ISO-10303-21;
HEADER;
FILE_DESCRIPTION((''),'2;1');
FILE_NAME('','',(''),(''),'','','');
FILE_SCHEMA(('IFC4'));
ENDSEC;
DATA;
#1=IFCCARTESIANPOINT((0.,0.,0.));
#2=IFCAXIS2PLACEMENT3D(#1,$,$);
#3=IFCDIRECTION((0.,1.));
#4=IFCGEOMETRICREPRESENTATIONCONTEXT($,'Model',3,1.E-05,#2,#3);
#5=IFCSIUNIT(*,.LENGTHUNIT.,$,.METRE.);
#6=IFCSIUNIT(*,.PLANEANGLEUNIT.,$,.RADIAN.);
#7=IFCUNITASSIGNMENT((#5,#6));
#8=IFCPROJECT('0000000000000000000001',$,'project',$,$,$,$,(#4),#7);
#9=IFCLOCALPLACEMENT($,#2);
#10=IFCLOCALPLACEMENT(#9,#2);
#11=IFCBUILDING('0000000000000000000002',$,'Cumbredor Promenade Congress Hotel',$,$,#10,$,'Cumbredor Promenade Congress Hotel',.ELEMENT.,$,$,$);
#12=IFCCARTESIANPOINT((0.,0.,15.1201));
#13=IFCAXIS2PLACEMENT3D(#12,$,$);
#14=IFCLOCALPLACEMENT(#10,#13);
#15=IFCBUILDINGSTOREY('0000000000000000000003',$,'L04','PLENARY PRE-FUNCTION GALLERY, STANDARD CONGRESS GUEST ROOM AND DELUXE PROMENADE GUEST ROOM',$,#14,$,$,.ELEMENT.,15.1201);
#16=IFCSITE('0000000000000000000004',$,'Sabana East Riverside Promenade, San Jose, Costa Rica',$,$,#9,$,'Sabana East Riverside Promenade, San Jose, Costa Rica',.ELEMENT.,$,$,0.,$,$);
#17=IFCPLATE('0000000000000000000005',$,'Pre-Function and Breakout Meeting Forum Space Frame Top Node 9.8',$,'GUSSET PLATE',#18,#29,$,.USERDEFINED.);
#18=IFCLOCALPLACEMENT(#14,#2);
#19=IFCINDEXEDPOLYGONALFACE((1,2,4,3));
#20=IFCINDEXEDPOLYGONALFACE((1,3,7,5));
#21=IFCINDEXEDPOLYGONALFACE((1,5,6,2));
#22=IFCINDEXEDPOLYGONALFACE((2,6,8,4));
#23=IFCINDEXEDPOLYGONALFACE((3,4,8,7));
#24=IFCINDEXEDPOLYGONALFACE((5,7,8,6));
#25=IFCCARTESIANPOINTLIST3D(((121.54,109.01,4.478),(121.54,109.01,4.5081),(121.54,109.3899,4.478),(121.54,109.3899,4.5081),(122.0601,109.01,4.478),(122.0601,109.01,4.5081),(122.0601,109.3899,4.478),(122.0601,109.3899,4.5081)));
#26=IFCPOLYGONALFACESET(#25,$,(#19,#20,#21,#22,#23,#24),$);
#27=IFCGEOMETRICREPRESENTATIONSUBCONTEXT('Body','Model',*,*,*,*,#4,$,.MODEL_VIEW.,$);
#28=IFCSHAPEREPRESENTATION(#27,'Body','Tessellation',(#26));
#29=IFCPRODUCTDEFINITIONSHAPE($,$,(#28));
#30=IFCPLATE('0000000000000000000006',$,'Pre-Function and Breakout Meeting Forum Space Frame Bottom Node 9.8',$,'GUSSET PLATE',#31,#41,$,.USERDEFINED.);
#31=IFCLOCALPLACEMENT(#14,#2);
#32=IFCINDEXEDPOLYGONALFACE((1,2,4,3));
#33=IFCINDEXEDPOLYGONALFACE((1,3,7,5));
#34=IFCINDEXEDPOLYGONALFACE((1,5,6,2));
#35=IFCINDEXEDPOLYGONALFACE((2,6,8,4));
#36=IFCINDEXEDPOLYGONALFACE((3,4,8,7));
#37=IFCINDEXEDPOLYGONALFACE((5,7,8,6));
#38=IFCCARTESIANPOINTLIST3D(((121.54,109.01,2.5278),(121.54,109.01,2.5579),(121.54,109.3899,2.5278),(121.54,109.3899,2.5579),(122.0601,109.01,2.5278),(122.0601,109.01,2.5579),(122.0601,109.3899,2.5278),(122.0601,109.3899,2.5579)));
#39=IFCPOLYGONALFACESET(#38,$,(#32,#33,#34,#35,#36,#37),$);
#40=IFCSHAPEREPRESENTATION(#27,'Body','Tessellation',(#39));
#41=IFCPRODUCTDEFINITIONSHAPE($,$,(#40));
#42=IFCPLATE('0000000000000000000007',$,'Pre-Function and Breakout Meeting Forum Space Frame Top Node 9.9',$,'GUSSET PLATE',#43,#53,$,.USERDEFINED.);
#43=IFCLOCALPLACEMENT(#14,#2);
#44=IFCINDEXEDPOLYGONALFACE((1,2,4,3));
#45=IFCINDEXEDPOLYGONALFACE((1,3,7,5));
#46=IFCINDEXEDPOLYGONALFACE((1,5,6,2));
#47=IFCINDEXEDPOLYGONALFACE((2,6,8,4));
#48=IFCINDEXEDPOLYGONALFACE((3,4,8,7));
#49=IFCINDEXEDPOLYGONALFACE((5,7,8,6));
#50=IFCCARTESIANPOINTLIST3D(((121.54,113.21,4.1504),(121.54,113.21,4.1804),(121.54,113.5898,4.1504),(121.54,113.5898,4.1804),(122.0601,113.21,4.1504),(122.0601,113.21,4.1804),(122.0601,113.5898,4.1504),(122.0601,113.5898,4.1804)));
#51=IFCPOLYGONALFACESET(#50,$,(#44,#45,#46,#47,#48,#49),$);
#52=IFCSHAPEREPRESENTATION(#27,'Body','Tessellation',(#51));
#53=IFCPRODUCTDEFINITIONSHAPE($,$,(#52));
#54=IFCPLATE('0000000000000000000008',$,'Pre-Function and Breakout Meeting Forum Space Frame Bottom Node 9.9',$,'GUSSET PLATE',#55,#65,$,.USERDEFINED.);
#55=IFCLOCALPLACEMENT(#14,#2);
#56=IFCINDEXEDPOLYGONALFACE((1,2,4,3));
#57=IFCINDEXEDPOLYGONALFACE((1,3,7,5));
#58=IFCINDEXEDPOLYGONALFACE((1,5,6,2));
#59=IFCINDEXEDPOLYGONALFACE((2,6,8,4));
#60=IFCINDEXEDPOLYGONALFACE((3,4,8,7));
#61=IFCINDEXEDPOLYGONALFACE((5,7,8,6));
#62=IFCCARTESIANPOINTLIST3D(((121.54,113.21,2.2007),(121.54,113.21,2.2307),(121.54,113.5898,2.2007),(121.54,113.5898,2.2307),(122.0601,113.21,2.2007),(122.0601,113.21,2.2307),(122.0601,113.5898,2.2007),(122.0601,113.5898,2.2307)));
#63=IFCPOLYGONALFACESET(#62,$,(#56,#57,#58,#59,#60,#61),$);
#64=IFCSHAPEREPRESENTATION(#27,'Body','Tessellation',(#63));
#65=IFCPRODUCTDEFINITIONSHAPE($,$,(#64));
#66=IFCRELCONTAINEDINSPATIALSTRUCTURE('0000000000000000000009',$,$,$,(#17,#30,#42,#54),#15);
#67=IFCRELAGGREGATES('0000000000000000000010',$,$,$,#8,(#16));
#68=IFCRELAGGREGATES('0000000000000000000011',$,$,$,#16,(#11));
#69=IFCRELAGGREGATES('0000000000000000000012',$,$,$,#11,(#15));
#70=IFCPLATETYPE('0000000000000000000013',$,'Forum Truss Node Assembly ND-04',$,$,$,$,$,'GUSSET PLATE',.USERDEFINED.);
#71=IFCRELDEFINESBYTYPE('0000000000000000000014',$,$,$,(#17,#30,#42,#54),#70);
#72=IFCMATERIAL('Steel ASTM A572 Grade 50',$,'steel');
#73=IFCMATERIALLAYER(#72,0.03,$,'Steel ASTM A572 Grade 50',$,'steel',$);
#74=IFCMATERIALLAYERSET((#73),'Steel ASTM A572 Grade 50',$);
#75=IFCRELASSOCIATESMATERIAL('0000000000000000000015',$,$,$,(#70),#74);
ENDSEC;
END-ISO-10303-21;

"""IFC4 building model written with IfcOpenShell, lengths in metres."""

from ifc_helpers import new_model, si_unit, direction, frame, origin, origin_2d, place, context, subcontext, project, spatial, rectangle, extrude, material, layer, layer_set, type_object, element, save


model = new_model("IFC4")

# Units and contexts
model_context = context("Model", 3, precision=1e-05, world=origin(), true_north=direction((0.0, 1.0)))
body_context = subcontext(model_context, "Body", "Model", "MODEL_VIEW")
ifc_project = project(units=[si_unit("LENGTHUNIT", "METRE"), si_unit("PLANEANGLEUNIT", "RADIAN")], contexts=[model_context])

# Site, building, storey
site_placement = place(None, origin())
site = spatial("IfcSite", under=ifc_project, at=site_placement, Name="Sabana East Riverside Promenade, San Jose, Costa Rica", LongName="Sabana East Riverside Promenade, San Jose, Costa Rica", CompositionType="ELEMENT", RefElevation=0.0)
building_placement = place(site_placement, origin())
building = spatial("IfcBuilding", under=site, at=building_placement, Name="Cumbredor Promenade Congress Hotel", LongName="Cumbredor Promenade Congress Hotel", CompositionType="ELEMENT")
storey_placement = place(building_placement, frame((0.0, 0.0, 15.1201)))
storey = spatial("IfcBuildingStorey", under=building, at=storey_placement, Name="L04", Description="PLENARY PRE-FUNCTION GALLERY, STANDARD CONGRESS GUEST ROOM AND DELUXE PROMENADE GUEST ROOM", CompositionType="ELEMENT", Elevation=15.1201)

# Plates
ifc_material_1 = material(Name="Steel ASTM A572 Grade 50", Category="steel")
ifc_layer = layer(ifc_material_1, 0.03, Name="Steel ASTM A572 Grade 50", Category="steel")
ifc_layer_set = layer_set([ifc_layer], Name="Steel ASTM A572 Grade 50")
plate_type = type_object("IfcPlateType", Name="Forum Truss Node Assembly ND-04", ElementType="GUSSET PLATE", PredefinedType="USERDEFINED", material=ifc_layer_set)
for number, where, z_axis, x_axis, name in (
    (1, (121.8, 109.2, 4.478), (0.0, 0.0, 1.0), (1.0, 0.0, 0.0), "Pre-Function and Breakout Meeting Forum Space Frame Top Node 9.8"),
    (2, (121.8, 109.2, 2.5278), (0.0, 0.0, 1.0), (1.0, 0.0, 0.0), "Pre-Function and Breakout Meeting Forum Space Frame Bottom Node 9.8"),
    (3, (121.8, 113.3999, 4.1504), (0.0, 0.0, 1.0), (1.0, 0.0, 0.0), "Pre-Function and Breakout Meeting Forum Space Frame Top Node 9.9"),
    (4, (121.8, 113.3999, 2.2007), (0.0, 0.0, 1.0), (1.0, 0.0, 0.0), "Pre-Function and Breakout Meeting Forum Space Frame Bottom Node 9.9"),
):
    element("IfcPlate", number, at=place(storey_placement, frame(where, z_axis=z_axis, x_axis=x_axis)), inside=storey, type_object=plate_type, Name=name, ObjectType="GUSSET PLATE", PredefinedType="USERDEFINED", context=body_context, shape_type="SweptSolid", body=[
        extrude(rectangle(XDim=0.52, YDim=0.3799, at=origin_2d()), origin(), (0.0, 0.0, 1.0), 0.03),
    ])

save(model, "model.ifc")
